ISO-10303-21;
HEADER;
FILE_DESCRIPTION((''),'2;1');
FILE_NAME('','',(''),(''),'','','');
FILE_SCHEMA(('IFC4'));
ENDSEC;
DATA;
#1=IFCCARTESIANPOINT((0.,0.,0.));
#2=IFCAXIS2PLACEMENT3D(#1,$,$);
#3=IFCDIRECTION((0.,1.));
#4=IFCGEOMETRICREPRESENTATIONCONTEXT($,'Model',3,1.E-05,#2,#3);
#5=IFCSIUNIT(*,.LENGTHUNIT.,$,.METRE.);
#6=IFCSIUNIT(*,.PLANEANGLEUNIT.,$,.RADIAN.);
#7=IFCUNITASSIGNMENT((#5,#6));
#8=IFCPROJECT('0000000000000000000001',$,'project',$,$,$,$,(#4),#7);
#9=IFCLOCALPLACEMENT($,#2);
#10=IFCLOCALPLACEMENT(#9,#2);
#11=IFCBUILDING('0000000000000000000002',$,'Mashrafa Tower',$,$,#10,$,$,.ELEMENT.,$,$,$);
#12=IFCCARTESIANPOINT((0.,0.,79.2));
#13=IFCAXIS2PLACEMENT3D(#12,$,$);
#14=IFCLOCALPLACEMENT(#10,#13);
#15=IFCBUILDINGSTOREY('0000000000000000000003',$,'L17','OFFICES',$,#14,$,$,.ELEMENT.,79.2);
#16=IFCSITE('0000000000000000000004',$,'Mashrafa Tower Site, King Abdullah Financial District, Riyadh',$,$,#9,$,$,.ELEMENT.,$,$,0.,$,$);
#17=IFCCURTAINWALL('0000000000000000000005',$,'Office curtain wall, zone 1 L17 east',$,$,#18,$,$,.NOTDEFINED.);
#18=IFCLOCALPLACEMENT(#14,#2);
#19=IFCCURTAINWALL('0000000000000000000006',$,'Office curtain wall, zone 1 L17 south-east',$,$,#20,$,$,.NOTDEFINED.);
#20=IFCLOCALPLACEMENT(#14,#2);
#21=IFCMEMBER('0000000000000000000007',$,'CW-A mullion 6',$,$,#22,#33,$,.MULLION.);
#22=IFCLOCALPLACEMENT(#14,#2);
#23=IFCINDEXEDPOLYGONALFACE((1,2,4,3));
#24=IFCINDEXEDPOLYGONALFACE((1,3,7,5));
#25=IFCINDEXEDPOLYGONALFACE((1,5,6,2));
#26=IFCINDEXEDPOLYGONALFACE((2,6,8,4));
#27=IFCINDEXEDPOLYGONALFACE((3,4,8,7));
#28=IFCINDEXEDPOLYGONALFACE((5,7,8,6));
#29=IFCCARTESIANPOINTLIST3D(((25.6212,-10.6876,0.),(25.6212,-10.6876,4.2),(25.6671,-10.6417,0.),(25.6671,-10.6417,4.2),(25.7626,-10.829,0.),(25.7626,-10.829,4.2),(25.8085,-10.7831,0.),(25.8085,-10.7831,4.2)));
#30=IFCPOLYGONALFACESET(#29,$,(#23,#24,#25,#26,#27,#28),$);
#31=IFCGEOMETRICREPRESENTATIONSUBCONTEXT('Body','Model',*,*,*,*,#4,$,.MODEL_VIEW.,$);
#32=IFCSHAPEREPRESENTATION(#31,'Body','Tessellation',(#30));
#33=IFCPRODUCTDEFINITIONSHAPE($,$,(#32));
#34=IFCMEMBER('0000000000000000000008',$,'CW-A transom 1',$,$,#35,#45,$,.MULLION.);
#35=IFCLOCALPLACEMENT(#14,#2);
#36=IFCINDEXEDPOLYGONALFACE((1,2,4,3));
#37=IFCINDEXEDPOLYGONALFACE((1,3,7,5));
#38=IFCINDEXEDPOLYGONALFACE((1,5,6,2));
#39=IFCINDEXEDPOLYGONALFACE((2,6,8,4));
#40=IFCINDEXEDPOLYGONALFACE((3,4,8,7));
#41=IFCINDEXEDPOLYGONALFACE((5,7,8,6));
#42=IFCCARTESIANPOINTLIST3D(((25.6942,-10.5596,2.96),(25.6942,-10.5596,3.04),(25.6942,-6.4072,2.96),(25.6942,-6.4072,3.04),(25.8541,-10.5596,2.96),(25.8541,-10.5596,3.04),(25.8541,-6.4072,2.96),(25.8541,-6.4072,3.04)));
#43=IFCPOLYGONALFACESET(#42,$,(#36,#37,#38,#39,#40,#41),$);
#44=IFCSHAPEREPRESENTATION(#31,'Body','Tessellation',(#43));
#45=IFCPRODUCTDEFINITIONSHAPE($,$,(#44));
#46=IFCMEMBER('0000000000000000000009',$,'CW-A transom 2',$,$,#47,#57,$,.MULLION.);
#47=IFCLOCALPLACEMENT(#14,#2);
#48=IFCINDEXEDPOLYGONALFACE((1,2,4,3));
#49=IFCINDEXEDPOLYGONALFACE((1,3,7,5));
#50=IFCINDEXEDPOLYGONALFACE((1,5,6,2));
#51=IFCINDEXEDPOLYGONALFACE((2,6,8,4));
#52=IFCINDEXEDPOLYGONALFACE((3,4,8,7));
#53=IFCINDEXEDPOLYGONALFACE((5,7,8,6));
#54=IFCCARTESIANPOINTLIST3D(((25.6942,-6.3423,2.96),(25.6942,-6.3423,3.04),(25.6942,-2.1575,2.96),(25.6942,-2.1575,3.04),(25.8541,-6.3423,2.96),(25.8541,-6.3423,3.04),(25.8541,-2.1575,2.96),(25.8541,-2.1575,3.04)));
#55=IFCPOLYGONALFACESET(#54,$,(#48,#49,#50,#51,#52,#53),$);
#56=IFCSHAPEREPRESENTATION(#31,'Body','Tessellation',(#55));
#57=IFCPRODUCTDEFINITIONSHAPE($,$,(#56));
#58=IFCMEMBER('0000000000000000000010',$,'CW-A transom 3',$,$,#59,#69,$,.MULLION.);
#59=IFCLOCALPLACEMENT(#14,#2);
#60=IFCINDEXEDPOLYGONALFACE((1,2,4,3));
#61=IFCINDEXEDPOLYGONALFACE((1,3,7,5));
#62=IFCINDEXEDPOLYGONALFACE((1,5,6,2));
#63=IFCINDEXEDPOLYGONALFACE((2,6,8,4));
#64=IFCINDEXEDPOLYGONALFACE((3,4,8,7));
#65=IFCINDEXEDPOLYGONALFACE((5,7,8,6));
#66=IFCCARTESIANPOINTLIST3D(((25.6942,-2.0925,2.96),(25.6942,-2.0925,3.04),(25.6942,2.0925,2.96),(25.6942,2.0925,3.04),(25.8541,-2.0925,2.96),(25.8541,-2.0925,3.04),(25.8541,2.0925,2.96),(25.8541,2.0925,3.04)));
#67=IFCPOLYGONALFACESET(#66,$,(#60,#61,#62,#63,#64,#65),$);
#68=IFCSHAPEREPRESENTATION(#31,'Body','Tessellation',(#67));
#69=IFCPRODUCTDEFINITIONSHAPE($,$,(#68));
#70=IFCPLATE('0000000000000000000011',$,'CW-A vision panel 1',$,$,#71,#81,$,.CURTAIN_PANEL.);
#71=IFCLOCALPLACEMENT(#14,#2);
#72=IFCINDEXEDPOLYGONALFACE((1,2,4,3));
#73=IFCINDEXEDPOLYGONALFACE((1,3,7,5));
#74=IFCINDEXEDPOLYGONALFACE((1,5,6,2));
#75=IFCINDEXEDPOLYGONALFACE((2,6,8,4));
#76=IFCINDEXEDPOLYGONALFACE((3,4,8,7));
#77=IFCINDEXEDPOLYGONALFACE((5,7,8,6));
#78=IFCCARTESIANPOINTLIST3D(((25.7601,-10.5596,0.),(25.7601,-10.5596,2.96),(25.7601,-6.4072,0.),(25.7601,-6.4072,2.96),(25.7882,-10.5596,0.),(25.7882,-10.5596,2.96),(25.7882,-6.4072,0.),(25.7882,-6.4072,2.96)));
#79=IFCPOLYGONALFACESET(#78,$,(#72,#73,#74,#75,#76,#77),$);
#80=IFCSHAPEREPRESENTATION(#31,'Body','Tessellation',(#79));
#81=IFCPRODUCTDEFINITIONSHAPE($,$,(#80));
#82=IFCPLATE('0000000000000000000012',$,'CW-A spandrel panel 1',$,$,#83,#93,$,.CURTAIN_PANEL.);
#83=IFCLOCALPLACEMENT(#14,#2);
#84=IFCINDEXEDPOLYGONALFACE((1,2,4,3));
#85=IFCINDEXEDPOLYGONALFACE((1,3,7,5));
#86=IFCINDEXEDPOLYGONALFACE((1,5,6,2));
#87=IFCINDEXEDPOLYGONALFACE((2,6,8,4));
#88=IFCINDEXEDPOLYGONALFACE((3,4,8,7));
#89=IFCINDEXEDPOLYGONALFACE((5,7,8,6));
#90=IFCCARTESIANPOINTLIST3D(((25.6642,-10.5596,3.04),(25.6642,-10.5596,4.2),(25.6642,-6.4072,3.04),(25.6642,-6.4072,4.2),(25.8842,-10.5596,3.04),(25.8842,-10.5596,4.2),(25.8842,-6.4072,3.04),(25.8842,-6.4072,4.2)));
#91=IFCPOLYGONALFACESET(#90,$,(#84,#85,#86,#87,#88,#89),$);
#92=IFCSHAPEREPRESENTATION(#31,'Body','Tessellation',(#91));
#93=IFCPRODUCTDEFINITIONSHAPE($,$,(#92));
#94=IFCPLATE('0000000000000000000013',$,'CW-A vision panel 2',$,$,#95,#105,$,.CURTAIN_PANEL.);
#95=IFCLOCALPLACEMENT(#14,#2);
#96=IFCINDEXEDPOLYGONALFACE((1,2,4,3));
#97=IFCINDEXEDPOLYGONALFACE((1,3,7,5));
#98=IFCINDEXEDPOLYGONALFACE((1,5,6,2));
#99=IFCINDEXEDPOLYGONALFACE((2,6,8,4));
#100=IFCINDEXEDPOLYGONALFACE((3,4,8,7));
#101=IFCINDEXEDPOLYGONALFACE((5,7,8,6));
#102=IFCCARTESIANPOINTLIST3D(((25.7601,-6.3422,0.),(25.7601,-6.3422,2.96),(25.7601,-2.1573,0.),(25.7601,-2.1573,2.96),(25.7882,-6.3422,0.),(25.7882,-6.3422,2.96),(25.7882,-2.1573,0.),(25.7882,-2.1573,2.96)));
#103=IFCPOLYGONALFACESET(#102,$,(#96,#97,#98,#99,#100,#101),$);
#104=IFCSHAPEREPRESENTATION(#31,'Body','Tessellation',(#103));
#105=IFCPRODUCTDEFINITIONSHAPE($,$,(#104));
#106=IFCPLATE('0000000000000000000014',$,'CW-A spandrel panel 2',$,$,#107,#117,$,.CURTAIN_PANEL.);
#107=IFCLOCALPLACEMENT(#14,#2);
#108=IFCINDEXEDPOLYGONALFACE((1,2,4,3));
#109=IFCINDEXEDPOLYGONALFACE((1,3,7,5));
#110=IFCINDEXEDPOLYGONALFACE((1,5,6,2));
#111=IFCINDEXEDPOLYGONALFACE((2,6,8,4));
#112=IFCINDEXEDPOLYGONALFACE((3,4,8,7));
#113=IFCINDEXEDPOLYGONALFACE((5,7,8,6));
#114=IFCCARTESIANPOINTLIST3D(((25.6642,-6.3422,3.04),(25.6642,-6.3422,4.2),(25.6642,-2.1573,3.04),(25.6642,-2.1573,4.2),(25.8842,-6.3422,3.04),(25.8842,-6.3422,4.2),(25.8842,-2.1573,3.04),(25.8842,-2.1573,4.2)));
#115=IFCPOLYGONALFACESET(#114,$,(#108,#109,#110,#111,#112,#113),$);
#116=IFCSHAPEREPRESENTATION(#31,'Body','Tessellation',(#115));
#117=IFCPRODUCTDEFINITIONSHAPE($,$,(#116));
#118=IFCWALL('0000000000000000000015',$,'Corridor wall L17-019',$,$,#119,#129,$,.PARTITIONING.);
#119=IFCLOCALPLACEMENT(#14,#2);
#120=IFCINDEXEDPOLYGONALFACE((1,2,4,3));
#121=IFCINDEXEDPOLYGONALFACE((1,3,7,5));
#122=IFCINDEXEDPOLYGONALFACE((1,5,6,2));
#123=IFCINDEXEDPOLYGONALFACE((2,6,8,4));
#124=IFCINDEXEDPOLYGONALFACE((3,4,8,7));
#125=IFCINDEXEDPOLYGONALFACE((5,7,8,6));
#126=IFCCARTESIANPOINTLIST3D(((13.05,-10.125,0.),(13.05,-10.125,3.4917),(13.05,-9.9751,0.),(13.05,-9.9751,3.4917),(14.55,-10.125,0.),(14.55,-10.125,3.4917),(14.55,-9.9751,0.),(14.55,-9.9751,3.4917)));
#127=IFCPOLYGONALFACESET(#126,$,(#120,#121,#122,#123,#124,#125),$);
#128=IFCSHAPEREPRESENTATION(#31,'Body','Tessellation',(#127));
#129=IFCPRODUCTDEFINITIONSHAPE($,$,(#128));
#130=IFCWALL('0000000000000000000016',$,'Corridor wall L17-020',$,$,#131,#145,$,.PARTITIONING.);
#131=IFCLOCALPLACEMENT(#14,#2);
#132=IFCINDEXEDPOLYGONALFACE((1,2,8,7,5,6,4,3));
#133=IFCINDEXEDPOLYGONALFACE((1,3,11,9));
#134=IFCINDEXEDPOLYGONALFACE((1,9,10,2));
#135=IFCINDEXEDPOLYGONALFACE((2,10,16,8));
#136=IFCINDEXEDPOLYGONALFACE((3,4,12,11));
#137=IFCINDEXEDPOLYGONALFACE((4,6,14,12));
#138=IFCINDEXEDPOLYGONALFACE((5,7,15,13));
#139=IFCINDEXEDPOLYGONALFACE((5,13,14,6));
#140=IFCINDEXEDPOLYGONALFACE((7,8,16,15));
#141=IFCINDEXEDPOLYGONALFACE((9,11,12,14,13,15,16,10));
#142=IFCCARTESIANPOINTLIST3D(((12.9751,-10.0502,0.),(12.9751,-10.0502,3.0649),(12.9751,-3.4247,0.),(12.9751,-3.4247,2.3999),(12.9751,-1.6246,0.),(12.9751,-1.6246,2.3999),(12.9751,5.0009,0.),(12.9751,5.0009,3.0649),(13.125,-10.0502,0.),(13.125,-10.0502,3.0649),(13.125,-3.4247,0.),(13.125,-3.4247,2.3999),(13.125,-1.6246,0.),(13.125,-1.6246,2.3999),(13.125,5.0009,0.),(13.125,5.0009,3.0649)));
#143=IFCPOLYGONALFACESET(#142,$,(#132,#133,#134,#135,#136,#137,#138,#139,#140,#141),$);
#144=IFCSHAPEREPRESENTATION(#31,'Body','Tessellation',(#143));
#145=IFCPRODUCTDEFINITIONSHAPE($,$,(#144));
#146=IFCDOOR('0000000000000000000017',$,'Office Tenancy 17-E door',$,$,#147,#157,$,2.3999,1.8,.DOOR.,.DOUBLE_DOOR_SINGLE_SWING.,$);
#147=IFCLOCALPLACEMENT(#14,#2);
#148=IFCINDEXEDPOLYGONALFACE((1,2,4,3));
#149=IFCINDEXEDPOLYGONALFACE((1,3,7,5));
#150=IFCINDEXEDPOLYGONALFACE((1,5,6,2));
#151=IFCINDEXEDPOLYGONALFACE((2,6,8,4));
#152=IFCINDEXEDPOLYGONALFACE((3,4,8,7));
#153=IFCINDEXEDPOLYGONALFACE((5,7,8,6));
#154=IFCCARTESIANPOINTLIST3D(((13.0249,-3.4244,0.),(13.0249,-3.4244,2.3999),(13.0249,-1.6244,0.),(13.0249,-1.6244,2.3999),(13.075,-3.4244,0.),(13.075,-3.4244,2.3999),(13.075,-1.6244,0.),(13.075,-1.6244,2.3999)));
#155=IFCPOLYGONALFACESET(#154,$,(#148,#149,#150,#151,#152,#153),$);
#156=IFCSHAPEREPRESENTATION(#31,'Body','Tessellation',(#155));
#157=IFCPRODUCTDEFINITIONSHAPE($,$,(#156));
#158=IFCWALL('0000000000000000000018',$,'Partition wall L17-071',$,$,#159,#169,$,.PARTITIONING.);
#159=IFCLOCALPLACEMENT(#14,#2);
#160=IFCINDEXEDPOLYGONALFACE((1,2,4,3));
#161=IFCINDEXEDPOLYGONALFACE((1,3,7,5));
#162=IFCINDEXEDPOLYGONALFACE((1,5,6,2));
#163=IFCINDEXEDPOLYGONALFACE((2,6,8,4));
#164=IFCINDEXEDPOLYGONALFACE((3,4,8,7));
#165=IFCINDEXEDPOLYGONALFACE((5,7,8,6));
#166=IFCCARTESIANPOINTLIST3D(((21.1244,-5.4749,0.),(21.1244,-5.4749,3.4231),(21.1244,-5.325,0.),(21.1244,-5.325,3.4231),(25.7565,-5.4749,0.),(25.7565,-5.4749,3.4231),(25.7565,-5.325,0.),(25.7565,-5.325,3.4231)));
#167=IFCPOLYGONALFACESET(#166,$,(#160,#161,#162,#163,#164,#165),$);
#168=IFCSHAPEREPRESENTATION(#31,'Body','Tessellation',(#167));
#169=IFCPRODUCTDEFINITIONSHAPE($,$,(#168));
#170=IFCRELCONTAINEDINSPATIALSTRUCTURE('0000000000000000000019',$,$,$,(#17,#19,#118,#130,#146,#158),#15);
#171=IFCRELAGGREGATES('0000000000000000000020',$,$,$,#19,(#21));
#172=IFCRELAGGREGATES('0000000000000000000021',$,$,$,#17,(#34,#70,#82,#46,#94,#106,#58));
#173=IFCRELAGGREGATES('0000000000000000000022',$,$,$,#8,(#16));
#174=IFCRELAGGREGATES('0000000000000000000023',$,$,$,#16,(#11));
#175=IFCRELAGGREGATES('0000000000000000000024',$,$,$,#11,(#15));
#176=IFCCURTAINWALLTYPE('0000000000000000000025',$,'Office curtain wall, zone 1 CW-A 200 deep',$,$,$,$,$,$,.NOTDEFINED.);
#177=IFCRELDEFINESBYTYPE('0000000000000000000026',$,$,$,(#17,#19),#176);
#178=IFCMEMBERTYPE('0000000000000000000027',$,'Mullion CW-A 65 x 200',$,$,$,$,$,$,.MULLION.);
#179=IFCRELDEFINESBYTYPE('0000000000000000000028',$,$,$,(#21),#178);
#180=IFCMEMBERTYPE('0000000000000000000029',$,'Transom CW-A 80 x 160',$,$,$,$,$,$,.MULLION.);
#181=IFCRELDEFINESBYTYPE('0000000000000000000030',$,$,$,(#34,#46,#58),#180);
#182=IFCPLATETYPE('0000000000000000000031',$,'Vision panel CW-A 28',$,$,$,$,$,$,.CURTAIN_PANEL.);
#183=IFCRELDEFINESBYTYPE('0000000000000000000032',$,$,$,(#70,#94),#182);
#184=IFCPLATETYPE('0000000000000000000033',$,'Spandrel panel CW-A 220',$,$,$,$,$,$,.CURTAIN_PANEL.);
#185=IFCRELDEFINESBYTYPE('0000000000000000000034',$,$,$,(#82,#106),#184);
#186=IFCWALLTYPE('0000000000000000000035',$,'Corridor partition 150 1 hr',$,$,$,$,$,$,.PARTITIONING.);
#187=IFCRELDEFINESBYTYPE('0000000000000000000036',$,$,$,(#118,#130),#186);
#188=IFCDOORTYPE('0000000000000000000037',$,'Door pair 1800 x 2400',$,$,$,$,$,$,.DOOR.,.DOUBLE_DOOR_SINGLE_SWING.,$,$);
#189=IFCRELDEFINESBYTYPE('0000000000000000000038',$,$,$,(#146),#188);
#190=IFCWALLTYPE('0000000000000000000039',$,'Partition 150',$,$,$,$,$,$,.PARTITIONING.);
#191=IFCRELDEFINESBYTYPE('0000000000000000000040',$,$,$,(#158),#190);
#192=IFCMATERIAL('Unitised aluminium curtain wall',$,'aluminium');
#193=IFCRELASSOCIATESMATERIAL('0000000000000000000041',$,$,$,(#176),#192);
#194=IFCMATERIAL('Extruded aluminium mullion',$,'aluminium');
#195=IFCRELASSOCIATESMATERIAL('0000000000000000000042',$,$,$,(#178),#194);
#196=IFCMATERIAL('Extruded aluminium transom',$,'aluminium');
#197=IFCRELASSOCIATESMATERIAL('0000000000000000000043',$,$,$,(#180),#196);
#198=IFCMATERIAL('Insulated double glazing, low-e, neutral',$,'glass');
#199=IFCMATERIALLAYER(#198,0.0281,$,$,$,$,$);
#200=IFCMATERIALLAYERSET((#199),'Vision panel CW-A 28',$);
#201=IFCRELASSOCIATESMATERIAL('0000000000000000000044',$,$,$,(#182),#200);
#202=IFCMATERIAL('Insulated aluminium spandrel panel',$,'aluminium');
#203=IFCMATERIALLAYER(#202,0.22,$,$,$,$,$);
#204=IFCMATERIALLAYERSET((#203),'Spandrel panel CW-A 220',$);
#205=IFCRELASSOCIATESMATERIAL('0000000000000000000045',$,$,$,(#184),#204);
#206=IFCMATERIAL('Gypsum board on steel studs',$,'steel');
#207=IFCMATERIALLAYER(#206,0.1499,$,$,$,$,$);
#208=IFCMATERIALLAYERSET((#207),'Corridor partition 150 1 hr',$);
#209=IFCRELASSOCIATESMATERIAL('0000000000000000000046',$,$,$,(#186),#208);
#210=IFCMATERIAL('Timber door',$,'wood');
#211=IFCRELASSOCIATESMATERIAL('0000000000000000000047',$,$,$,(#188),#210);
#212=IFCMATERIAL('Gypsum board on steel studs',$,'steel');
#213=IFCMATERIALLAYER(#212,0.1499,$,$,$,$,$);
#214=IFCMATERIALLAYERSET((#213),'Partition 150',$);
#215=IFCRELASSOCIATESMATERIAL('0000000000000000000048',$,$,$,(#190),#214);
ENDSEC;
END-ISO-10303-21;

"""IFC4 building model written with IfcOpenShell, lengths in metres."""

from ifc_helpers import new_model, si_unit, direction, frame, frame_2d, origin, origin_2d, place, context, subcontext, project, spatial, rectangle, extrude, source, transform, mapped, material, layer, layer_set, material_profile, profile_set, type_object, type_shapes, element, fill, aggregate, save


model = new_model("IFC4")

# Units and contexts
model_context = context("Model", 3, precision=1e-05, world=origin(), true_north=direction((0.0, 1.0)))
body_context = subcontext(model_context, "Body", "Model", "MODEL_VIEW")
ifc_project = project(units=[si_unit("LENGTHUNIT", "METRE"), si_unit("PLANEANGLEUNIT", "RADIAN")], contexts=[model_context])

# Site, building, storey
site_placement = place(None, origin())
site = spatial("IfcSite", under=ifc_project, at=site_placement, Name="Mashrafa Tower Site, King Abdullah Financial District, Riyadh", CompositionType="ELEMENT", RefElevation=0.0)
building_placement = place(site_placement, origin())
building = spatial("IfcBuilding", under=site, at=building_placement, Name="Mashrafa Tower", CompositionType="ELEMENT")
storey_placement = place(building_placement, frame((0.0, 0.0, 79.2)))
storey = spatial("IfcBuildingStorey", under=building, at=storey_placement, Name="L17", Description="OFFICES", CompositionType="ELEMENT", Elevation=79.2)

# Curtain wall
ifc_material_1 = material(Name="Unitised aluminium curtain wall", Category="aluminium")
curtain_wall_type = type_object("IfcCurtainWallType", Name="Office curtain wall, zone 1 CW-A 200 deep", PredefinedType="NOTDEFINED", material=ifc_material_1)
curtain_wall_1_placement = place(storey_placement, origin())
curtain_wall_1 = element("IfcCurtainWall", 1, at=curtain_wall_1_placement, inside=storey, type_object=curtain_wall_type, Name="Office curtain wall, zone 1 L17 east", PredefinedType="NOTDEFINED")
ifc_material_2 = material(Name="Extruded aluminium mullion", Category="aluminium")
ifc_material_profile_1 = material_profile(ifc_material_2, rectangle(XDim=0.2, YDim=0.0649, at=origin_2d()), Name="Mullion 65x200")
ifc_profile_set_1 = profile_set([ifc_material_profile_1], Name="Extruded aluminium mullion")
member_type_1 = type_object("IfcMemberType", Name="Mullion CW-A 65 x 200", PredefinedType="MULLION", material=ifc_profile_set_1)
shared_shape_1 = source(origin(), body_context, "Body", "SweptSolid", [
    extrude(rectangle(XDim=0.2, YDim=0.0649, at=origin_2d()), origin(), (0.0, 0.0, 1.0), 4.2),
])
type_shapes(member_type_1, [shared_shape_1])

# Curtain wall, member
curtain_wall_2_placement = place(storey_placement, origin())
curtain_wall_2 = element("IfcCurtainWall", 2, at=curtain_wall_2_placement, inside=storey, type_object=curtain_wall_type, Name="Office curtain wall, zone 1 L17 south-east", PredefinedType="NOTDEFINED")
member_1_placement = place(storey_placement, frame((25.7148, -10.7354, 0.0), z_axis=(0.0, 0.0, 1.0), x_axis=(-0.707107, 0.707107, 0.0)))
member_1 = element("IfcMember", 3, at=member_1_placement, type_object=member_type_1, Name="CW-A mullion 6", PredefinedType="MULLION", context=body_context, shape_type="MappedRepresentation", body=[
    mapped(shared_shape_1, transform((0.0, 0.0, 0.0))),
])
aggregate(curtain_wall_2, [member_1])

# Members
ifc_material_3 = material(Name="Extruded aluminium transom", Category="aluminium")
ifc_material_profile_2 = material_profile(ifc_material_3, rectangle(XDim=0.1599, YDim=0.0801, at=origin_2d()), Name="Transom 80x160")
ifc_profile_set_2 = profile_set([ifc_material_profile_2], Name="Extruded aluminium transom")
member_type_2 = type_object("IfcMemberType", Name="Transom CW-A 80 x 160", PredefinedType="MULLION", material=ifc_profile_set_2)
shared_shape_2 = source(origin(), body_context, "Body", "SweptSolid", [
    extrude(rectangle(XDim=0.1599, YDim=0.0801, at=origin_2d()), origin(), (0.0, 0.0, 1.0), 4.1523),
])
member_2_placement = place(storey_placement, frame((25.7742, -10.5596, 3.0), z_axis=(0.0, 1.0, 0.0), x_axis=(-1.0, 0.0, 0.0)))
member_2 = element("IfcMember", 4, at=member_2_placement, type_object=member_type_2, Name="CW-A transom 1", PredefinedType="MULLION", context=body_context, shape_type="MappedRepresentation", body=[
    mapped(shared_shape_2, transform((0.0, 0.0, 0.0))),
])
shared_shape_3 = source(origin(), body_context, "Body", "SweptSolid", [
    extrude(rectangle(XDim=0.1599, YDim=0.0801, at=origin_2d()), origin(), (0.0, 0.0, 1.0), 4.1848),
])
member_3_placement = place(storey_placement, frame((25.7742, -6.3423, 3.0), z_axis=(0.0, 1.0, 0.0), x_axis=(-1.0, 0.0, 0.0)))
member_3 = element("IfcMember", 5, at=member_3_placement, type_object=member_type_2, Name="CW-A transom 2", PredefinedType="MULLION", context=body_context, shape_type="MappedRepresentation", body=[
    mapped(shared_shape_3, transform((0.0, 0.0, 0.0))),
])
shared_shape_4 = source(origin(), body_context, "Body", "SweptSolid", [
    extrude(rectangle(XDim=0.1599, YDim=0.0801, at=origin_2d()), origin(), (0.0, 0.0, 1.0), 4.1851),
])
type_shapes(member_type_2, [shared_shape_2, shared_shape_3, shared_shape_4])
member_4_placement = place(storey_placement, frame((25.7742, -2.0925, 3.0), z_axis=(0.0, 1.0, 0.0), x_axis=(-1.0, 0.0, 0.0)))
member_4 = element("IfcMember", 6, at=member_4_placement, type_object=member_type_2, Name="CW-A transom 3", PredefinedType="MULLION", context=body_context, shape_type="MappedRepresentation", body=[
    mapped(shared_shape_4, transform((0.0, 0.0, 0.0))),
])

# Plates
ifc_material_4 = material(Name="Insulated double glazing, low-e, neutral", Category="glass")
ifc_layer_1 = layer(ifc_material_4, 0.0281)
ifc_layer_set_1 = layer_set([ifc_layer_1], Name="Vision panel CW-A 28")
plate_type_1 = type_object("IfcPlateType", Name="Vision panel CW-A 28", PredefinedType="CURTAIN_PANEL", material=ifc_layer_set_1)
shared_shape_5 = source(origin(), body_context, "Body", "SweptSolid", [
    extrude(rectangle(XDim=4.1523, YDim=0.0281, at=origin_2d()), origin(), (0.0, 0.0, 1.0), 2.96),
])
plate_1_placement = place(storey_placement, frame((25.7742, -8.4834, 0.0), z_axis=(0.0, 0.0, 1.0), x_axis=(0.0, 1.0, 0.0)))
plate_1 = element("IfcPlate", 7, at=plate_1_placement, type_object=plate_type_1, Name="CW-A vision panel 1", PredefinedType="CURTAIN_PANEL", context=body_context, shape_type="MappedRepresentation", body=[
    mapped(shared_shape_5, transform((0.0, 0.0, 0.0))),
])
ifc_material_5 = material(Name="Insulated aluminium spandrel panel", Category="aluminium")
ifc_layer_2 = layer(ifc_material_5, 0.22)
ifc_layer_set_2 = layer_set([ifc_layer_2], Name="Spandrel panel CW-A 220")
plate_type_2 = type_object("IfcPlateType", Name="Spandrel panel CW-A 220", PredefinedType="CURTAIN_PANEL", material=ifc_layer_set_2)
shared_shape_6 = source(origin(), body_context, "Body", "SweptSolid", [
    extrude(rectangle(XDim=4.1523, YDim=0.22, at=origin_2d()), origin(), (0.0, 0.0, 1.0), 1.1599),
])
plate_2_placement = place(storey_placement, frame((25.7742, -8.4834, 3.04), z_axis=(0.0, 0.0, 1.0), x_axis=(0.0, 1.0, 0.0)))
plate_2 = element("IfcPlate", 8, at=plate_2_placement, type_object=plate_type_2, Name="CW-A spandrel panel 1", PredefinedType="CURTAIN_PANEL", context=body_context, shape_type="MappedRepresentation", body=[
    mapped(shared_shape_6, transform((0.0, 0.0, 0.0))),
])
shared_shape_7 = source(origin(), body_context, "Body", "SweptSolid", [
    extrude(rectangle(XDim=4.1848, YDim=0.0281, at=origin_2d()), origin(), (0.0, 0.0, 1.0), 2.96),
])
type_shapes(plate_type_1, [shared_shape_5, shared_shape_7])
plate_3_placement = place(storey_placement, frame((25.7742, -4.2498, 0.0), z_axis=(0.0, 0.0, 1.0), x_axis=(0.0, 1.0, 0.0)))
plate_3 = element("IfcPlate", 9, at=plate_3_placement, type_object=plate_type_1, Name="CW-A vision panel 2", PredefinedType="CURTAIN_PANEL", context=body_context, shape_type="MappedRepresentation", body=[
    mapped(shared_shape_7, transform((0.0, 0.0, 0.0))),
])
shared_shape_8 = source(origin(), body_context, "Body", "SweptSolid", [
    extrude(rectangle(XDim=4.1848, YDim=0.22, at=origin_2d()), origin(), (0.0, 0.0, 1.0), 1.1599),
])
type_shapes(plate_type_2, [shared_shape_6, shared_shape_8])
plate_4_placement = place(storey_placement, frame((25.7742, -4.2498, 3.04), z_axis=(0.0, 0.0, 1.0), x_axis=(0.0, 1.0, 0.0)))
plate_4 = element("IfcPlate", 10, at=plate_4_placement, type_object=plate_type_2, Name="CW-A spandrel panel 2", PredefinedType="CURTAIN_PANEL", context=body_context, shape_type="MappedRepresentation", body=[
    mapped(shared_shape_8, transform((0.0, 0.0, 0.0))),
])
aggregate(curtain_wall_1, [member_2, plate_1, plate_2, member_3, plate_3, plate_4, member_4])

# Wall
ifc_material_6 = material(Name="Gypsum board on steel studs", Category="steel")
ifc_layer_3 = layer(ifc_material_6, 0.1499)
ifc_layer_set_3 = layer_set([ifc_layer_3], Name="Corridor partition 150 1 hr")
wall_type_1 = type_object("IfcWallType", Name="Corridor partition 150 1 hr", PredefinedType="PARTITIONING", material=ifc_layer_set_3)
wall_1_placement = place(storey_placement, frame((14.55, -10.05, 0.0), z_axis=(0.0, 0.0, 1.0), x_axis=(-1.0, 0.0, 0.0)))
element("IfcWall", 11, at=wall_1_placement, inside=storey, type_object=wall_type_1, Name="Corridor wall L17-019", PredefinedType="PARTITIONING", context=body_context, shape_type="SweptSolid", body=[
    extrude(rectangle(XDim=1.5, YDim=0.1499, at=frame_2d((0.75, 0.0))), origin(), (0.0, 0.0, 1.0), 3.4917),
])

# Wall, opening, door
wall_2_placement = place(storey_placement, frame((13.05, -10.05, 0.0), z_axis=(0.0, 0.0, 1.0), x_axis=(0.0, 1.0, 0.0)))
wall_2 = element("IfcWall", 12, at=wall_2_placement, inside=storey, type_object=wall_type_1, Name="Corridor wall L17-020", PredefinedType="PARTITIONING", context=body_context, shape_type="SweptSolid", body=[
    extrude(rectangle(XDim=15.051, YDim=0.1499, at=frame_2d((7.5254, 0.0))), origin(), (0.0, 0.0, 1.0), 3.0649),
])
opening_1_placement = place(wall_2_placement, frame((6.6255, 0.0, 0.0)))
opening_1 = element("IfcOpeningElement", 13, at=opening_1_placement, cuts=wall_2, PredefinedType="OPENING", context=body_context, shape_type="SweptSolid", body=[
    extrude(rectangle(XDim=1.8, YDim=2.3999, at=frame_2d((0.8999, 1.2))), frame((0.0, 0.085, 0.0), z_axis=(0.0, -1.0, 0.0), x_axis=(1.0, 0.0, 0.0)), (0.0, 0.0, 1.0), 0.1699),
])
ifc_material_7 = material(Name="Timber door", Category="wood")
door_type_1 = type_object("IfcDoorType", Name="Door pair 1800 x 2400", OperationType="DOUBLE_DOOR_SINGLE_SWING", PredefinedType="DOOR", material=ifc_material_7)
door_1_placement = place(opening_1_placement, frame((1.8, 0.0, 0.0), z_axis=(0.0, 0.0, 1.0), x_axis=(-1.0, 0.0, 0.0)))
door_1 = element("IfcDoor", 14, at=door_1_placement, inside=storey, type_object=door_type_1, Name="Office Tenancy 17-E door", OperationType="DOUBLE_DOOR_SINGLE_SWING", OverallHeight=2.3999, OverallWidth=1.8, PredefinedType="DOOR", context=body_context, shape_type="SweptSolid", body=[
    extrude(rectangle(XDim=1.8, YDim=2.3999, at=frame_2d((0.8999, 1.2))), frame((0.0, 0.0249, 0.0), z_axis=(0.0, -1.0, 0.0), x_axis=(1.0, 0.0, 0.0)), (0.0, 0.0, 1.0), 0.05),
])
fill(opening_1, door_1)

# Wall
ifc_material_8 = material(Name="Gypsum board on steel studs", Category="steel")
ifc_layer_4 = layer(ifc_material_8, 0.1499)
ifc_layer_set_4 = layer_set([ifc_layer_4], Name="Partition 150")
wall_type_2 = type_object("IfcWallType", Name="Partition 150", PredefinedType="PARTITIONING", material=ifc_layer_set_4)
wall_3_placement = place(storey_placement, frame((25.7563, -5.3999, 0.0), z_axis=(0.0, 0.0, 1.0), x_axis=(-1.0, 0.0, 0.0)))
element("IfcWall", 15, at=wall_3_placement, inside=storey, type_object=wall_type_2, Name="Partition wall L17-071", PredefinedType="PARTITIONING", context=body_context, shape_type="SweptSolid", body=[
    extrude(rectangle(XDim=4.6321, YDim=0.1499, at=frame_2d((2.3159, 0.0))), origin(), (0.0, 0.0, 1.0), 3.4231),
])

save(model, "model.ifc")
